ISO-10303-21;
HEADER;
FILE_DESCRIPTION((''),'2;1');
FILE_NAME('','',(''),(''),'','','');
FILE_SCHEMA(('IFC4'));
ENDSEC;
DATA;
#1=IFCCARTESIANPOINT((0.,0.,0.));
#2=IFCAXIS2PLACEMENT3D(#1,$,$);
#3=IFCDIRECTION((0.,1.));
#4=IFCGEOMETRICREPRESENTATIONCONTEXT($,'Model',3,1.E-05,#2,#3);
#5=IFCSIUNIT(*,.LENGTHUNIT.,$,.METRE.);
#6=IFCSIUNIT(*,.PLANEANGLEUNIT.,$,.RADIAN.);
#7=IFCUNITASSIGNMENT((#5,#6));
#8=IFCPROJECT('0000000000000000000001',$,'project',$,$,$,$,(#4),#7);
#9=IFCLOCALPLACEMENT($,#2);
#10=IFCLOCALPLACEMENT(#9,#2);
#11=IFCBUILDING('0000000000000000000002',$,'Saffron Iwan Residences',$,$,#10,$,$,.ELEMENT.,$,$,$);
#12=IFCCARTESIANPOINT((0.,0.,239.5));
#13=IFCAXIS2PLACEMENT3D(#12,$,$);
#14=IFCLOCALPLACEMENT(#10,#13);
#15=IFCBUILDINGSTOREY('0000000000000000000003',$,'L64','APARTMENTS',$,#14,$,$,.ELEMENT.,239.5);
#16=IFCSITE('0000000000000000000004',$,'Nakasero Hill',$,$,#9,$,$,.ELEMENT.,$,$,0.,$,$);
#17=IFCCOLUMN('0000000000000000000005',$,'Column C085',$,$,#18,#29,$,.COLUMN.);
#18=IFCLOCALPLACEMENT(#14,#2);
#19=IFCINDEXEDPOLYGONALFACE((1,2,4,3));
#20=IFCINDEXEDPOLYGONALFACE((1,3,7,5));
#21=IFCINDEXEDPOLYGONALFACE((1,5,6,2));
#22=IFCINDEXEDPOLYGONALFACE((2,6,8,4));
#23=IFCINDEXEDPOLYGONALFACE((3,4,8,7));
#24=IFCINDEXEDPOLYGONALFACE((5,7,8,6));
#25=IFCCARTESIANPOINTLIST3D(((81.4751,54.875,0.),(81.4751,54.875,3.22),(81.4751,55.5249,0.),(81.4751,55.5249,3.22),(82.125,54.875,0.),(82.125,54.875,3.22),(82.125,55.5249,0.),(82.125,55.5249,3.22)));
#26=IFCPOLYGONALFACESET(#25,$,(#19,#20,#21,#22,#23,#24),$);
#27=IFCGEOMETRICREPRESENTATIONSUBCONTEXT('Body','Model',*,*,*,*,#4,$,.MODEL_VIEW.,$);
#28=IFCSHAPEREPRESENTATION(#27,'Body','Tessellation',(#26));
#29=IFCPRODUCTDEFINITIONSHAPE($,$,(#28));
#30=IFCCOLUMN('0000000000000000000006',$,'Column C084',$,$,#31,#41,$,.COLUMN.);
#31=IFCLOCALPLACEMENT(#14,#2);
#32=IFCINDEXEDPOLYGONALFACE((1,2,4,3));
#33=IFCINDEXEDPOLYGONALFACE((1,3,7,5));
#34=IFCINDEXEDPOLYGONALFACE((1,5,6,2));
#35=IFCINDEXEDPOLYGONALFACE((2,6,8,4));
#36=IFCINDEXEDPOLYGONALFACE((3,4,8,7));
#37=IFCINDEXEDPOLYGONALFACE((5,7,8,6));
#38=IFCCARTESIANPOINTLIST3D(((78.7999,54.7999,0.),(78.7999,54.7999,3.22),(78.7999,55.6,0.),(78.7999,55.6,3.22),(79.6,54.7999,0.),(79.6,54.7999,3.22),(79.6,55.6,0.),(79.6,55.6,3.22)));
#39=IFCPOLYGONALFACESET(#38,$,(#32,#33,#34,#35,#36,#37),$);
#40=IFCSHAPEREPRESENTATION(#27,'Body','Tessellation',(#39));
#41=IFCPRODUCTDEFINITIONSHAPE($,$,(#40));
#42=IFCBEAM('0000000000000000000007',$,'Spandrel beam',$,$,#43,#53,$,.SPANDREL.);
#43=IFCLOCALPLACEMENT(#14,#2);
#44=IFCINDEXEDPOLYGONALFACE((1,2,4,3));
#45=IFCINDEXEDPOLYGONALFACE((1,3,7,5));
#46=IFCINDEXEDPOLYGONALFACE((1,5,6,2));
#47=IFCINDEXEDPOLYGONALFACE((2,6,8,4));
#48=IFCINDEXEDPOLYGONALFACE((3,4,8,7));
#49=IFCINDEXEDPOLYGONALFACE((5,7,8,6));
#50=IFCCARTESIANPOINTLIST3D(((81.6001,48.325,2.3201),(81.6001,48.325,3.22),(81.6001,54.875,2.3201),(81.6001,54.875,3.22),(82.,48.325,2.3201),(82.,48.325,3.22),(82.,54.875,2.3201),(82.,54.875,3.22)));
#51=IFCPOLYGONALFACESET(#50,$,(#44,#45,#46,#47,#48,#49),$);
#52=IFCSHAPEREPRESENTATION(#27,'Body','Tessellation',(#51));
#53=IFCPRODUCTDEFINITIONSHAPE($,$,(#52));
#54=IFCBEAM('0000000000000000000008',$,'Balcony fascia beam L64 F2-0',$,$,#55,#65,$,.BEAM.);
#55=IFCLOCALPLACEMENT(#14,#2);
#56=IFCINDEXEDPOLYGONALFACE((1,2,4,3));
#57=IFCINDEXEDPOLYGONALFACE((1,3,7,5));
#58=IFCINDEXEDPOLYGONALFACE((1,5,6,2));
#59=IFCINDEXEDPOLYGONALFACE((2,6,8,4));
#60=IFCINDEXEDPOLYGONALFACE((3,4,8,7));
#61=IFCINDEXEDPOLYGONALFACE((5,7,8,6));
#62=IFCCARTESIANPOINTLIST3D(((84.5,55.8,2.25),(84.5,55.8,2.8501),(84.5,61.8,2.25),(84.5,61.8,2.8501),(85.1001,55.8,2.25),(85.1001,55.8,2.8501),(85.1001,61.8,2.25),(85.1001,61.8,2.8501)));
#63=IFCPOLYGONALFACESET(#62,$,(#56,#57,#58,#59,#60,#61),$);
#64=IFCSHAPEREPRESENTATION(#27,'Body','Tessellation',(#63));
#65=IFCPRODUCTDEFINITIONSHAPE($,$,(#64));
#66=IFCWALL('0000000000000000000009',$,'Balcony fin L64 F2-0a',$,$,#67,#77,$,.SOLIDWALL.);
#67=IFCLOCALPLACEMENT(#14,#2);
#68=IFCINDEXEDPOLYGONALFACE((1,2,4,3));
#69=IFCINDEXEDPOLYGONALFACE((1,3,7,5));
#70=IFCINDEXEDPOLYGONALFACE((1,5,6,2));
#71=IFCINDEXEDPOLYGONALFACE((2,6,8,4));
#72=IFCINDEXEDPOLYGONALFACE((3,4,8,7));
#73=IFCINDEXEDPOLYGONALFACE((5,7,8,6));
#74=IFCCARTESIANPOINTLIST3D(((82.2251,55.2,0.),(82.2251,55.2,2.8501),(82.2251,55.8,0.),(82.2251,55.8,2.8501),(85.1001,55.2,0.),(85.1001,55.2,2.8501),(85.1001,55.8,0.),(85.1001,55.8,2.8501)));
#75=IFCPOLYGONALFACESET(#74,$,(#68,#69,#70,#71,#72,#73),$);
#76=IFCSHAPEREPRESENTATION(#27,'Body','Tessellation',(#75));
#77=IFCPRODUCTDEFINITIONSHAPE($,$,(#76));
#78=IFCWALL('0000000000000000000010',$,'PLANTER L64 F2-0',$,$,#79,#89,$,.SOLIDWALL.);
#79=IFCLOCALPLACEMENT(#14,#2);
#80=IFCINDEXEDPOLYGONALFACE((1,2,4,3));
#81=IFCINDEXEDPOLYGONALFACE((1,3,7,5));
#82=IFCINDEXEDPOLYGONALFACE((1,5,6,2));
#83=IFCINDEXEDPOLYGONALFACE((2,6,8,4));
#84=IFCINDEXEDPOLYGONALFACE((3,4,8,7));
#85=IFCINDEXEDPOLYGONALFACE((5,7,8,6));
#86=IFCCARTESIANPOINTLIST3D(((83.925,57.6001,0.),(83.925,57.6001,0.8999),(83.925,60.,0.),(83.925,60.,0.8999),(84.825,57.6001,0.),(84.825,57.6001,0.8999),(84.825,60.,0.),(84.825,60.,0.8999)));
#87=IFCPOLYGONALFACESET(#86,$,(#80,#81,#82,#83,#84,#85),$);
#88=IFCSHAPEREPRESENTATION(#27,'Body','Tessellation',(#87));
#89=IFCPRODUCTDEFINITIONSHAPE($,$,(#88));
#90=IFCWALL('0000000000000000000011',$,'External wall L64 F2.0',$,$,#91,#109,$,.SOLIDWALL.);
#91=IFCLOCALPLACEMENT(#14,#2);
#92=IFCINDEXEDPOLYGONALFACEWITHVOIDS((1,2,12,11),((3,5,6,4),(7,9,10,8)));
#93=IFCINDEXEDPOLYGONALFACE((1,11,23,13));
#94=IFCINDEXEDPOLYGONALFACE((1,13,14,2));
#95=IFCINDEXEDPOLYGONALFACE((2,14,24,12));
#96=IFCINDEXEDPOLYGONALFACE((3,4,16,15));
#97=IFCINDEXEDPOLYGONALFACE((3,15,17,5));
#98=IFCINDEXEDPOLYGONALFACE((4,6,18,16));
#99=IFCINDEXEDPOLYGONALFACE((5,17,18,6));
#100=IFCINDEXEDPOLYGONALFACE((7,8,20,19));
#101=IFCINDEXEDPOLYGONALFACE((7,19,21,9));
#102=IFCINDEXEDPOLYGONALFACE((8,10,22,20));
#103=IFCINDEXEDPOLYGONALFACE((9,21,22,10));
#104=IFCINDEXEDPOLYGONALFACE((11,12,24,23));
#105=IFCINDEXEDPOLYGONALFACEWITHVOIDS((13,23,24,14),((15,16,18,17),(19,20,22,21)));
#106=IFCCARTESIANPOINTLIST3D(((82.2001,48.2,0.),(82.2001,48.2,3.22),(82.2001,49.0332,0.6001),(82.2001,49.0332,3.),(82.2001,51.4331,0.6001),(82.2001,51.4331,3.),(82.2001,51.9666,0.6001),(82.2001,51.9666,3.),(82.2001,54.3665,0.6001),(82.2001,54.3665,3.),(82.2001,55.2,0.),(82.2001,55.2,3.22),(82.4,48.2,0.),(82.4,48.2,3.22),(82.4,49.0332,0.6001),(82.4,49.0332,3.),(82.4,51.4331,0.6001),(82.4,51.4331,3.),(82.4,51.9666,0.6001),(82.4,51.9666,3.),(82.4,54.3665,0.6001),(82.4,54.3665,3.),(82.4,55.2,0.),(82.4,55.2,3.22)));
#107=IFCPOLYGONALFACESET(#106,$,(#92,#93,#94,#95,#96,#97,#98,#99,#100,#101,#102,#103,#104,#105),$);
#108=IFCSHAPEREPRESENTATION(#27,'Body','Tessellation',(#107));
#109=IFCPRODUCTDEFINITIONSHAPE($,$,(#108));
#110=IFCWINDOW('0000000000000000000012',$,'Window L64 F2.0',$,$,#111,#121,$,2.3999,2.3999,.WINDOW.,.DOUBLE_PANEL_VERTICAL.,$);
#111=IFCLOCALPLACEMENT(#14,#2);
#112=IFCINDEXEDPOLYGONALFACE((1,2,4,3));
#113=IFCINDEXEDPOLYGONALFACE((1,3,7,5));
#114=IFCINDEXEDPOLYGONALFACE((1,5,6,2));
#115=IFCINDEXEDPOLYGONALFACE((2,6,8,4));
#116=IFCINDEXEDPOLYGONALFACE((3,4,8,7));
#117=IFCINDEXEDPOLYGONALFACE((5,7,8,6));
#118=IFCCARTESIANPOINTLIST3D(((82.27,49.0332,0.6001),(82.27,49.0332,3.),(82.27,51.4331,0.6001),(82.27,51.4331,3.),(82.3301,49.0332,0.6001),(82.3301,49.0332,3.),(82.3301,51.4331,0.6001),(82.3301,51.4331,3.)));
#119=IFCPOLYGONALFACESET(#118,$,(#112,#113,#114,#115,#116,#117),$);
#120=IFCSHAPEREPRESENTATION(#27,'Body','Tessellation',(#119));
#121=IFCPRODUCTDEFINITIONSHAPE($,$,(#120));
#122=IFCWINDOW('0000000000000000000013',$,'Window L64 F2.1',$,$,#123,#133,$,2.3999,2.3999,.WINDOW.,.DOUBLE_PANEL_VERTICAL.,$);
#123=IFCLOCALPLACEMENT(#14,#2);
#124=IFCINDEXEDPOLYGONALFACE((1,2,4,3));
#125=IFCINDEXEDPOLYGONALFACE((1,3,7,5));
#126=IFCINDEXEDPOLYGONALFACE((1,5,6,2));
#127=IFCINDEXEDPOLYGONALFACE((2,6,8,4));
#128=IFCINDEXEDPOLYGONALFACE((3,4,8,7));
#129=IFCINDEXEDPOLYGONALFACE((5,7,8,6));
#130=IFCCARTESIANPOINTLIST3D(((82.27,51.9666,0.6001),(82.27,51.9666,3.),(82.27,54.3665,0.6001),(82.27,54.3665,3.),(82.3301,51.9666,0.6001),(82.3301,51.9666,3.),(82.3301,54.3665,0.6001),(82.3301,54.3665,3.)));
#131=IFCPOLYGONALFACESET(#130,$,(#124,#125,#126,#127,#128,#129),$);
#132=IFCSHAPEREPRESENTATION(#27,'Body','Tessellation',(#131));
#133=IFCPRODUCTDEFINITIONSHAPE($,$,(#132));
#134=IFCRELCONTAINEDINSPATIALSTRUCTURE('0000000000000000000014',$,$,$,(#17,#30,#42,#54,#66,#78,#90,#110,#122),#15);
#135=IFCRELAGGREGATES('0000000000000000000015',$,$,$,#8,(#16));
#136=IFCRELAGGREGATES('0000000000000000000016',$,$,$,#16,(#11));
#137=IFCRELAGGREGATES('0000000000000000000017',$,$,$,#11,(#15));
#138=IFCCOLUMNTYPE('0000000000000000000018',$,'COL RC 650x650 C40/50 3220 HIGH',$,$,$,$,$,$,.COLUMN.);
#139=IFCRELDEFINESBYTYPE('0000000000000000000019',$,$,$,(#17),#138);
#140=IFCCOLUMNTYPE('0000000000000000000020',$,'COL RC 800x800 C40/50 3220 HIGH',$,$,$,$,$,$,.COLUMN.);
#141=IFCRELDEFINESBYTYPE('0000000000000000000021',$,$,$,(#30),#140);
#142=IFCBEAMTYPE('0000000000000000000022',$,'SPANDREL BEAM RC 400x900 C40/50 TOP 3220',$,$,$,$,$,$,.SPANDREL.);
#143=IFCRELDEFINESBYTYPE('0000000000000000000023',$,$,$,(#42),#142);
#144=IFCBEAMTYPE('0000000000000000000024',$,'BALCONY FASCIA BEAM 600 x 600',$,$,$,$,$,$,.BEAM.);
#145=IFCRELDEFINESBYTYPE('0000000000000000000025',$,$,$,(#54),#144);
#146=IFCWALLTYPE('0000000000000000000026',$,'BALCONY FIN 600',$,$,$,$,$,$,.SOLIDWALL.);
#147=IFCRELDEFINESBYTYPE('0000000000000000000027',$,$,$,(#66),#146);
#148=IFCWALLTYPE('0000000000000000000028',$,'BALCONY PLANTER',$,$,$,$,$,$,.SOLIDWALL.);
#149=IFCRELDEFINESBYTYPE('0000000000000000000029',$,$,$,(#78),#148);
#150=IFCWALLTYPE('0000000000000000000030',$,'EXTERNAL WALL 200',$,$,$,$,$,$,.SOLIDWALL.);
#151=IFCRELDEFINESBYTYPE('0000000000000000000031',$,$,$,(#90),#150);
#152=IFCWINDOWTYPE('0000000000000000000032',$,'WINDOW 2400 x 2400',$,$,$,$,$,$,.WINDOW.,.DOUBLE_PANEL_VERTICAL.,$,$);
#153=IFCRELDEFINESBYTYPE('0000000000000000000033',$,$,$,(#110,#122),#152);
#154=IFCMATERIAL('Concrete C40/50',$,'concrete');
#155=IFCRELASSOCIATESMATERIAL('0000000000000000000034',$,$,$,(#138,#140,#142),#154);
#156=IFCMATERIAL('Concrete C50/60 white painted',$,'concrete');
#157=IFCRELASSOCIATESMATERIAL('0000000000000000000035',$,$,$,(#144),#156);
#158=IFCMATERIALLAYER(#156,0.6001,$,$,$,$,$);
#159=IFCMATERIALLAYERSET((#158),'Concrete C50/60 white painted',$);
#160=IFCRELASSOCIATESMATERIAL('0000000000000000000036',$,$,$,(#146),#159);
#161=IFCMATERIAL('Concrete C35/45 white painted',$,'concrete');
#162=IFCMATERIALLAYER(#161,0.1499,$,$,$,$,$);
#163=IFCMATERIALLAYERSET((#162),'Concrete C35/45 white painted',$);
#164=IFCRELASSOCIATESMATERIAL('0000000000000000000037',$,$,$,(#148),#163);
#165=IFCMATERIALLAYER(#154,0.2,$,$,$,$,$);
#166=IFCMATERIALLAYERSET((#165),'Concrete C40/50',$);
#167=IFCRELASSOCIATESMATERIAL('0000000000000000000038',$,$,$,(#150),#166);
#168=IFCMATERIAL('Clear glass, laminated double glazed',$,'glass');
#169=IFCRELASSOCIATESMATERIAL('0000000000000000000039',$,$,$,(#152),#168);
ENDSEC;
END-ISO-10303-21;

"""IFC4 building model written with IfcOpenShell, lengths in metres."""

from ifc_helpers import new_model, si_unit, direction, frame, frame_2d, origin, origin_2d, place, context, subcontext, project, spatial, rectangle, extrude, source, transform, mapped, material, layer, layer_set, material_profile, profile_set, type_object, element, fill, save


model = new_model("IFC4")

# Units and contexts
model_context = context("Model", 3, precision=1e-05, world=origin(), true_north=direction((0.0, 1.0)))
body_context = subcontext(model_context, "Body", "Model", "MODEL_VIEW")
ifc_project = project(units=[si_unit("LENGTHUNIT", "METRE"), si_unit("PLANEANGLEUNIT", "RADIAN")], contexts=[model_context])

# Site, building, storey
site_placement = place(None, origin())
site = spatial("IfcSite", under=ifc_project, at=site_placement, Name="Nakasero Hill", CompositionType="ELEMENT", RefElevation=0.0)
building_placement = place(site_placement, origin())
building = spatial("IfcBuilding", under=site, at=building_placement, Name="Saffron Iwan Residences", CompositionType="ELEMENT")
storey_placement = place(building_placement, frame((0.0, 0.0, 239.5)))
storey = spatial("IfcBuildingStorey", under=building, at=storey_placement, Name="L64", Description="APARTMENTS", CompositionType="ELEMENT", Elevation=239.5)

# Columns
ifc_material_1 = material(Name="Concrete C40/50", Category="concrete")
ifc_material_profile_1 = material_profile(ifc_material_1, rectangle(XDim=0.6499, YDim=0.6499, at=origin_2d()), Name="RC 650x650")
ifc_profile_set_1 = profile_set([ifc_material_profile_1], Name="Concrete C40/50")
column_type_1 = type_object("IfcColumnType", Name="COL RC 650x650 C40/50 3220 HIGH", PredefinedType="COLUMN", material=ifc_profile_set_1)
shared_shape_1 = source(origin(), body_context, "Body", "SweptSolid", [
    extrude(rectangle(XDim=0.6499, YDim=0.6499, at=origin_2d()), origin(), (0.0, 0.0, 1.0), 3.22),
])
column_1_placement = place(storey_placement, frame((81.8, 55.2, 0.0), z_axis=(0.0, 0.0, 1.0), x_axis=(1.0, 0.0, 0.0)))
element("IfcColumn", 1, at=column_1_placement, inside=storey, type_object=column_type_1, Name="Column C085", PredefinedType="COLUMN", context=body_context, shape_type="MappedRepresentation", body=[
    mapped(shared_shape_1, transform((0.0, 0.0, 0.0))),
])
ifc_material_profile_2 = material_profile(ifc_material_1, rectangle(XDim=0.8, YDim=0.8, at=origin_2d()), Name="RC 800x800")
ifc_profile_set_2 = profile_set([ifc_material_profile_2], Name="Concrete C40/50")
column_type_2 = type_object("IfcColumnType", Name="COL RC 800x800 C40/50 3220 HIGH", PredefinedType="COLUMN", material=ifc_profile_set_2)
shared_shape_2 = source(origin(), body_context, "Body", "SweptSolid", [
    extrude(rectangle(XDim=0.8, YDim=0.8, at=origin_2d()), origin(), (0.0, 0.0, 1.0), 3.22),
])
column_2_placement = place(storey_placement, frame((79.2, 55.2, 0.0), z_axis=(0.0, 0.0, 1.0), x_axis=(1.0, 0.0, 0.0)))
element("IfcColumn", 2, at=column_2_placement, inside=storey, type_object=column_type_2, Name="Column C084", PredefinedType="COLUMN", context=body_context, shape_type="MappedRepresentation", body=[
    mapped(shared_shape_2, transform((0.0, 0.0, 0.0))),
])

# Beams
ifc_material_profile_3 = material_profile(ifc_material_1, rectangle(XDim=0.3999, YDim=0.8999, at=origin_2d()), Name="RC 400x900")
ifc_profile_set_3 = profile_set([ifc_material_profile_3], Name="Concrete C40/50")
beam_type_1 = type_object("IfcBeamType", Name="SPANDREL BEAM RC 400x900 C40/50 TOP 3220", PredefinedType="SPANDREL", material=ifc_profile_set_3)
shared_shape_3 = source(origin(), body_context, "Body", "SweptSolid", [
    extrude(rectangle(XDim=0.3999, YDim=0.8999, at=origin_2d()), origin(), (0.0, 0.0, 1.0), 6.55),
])
beam_1_placement = place(storey_placement, frame((81.8, 54.875, 2.77), z_axis=(0.0, -1.0, 0.0), x_axis=(1.0, 0.0, 0.0)))
element("IfcBeam", 3, at=beam_1_placement, inside=storey, type_object=beam_type_1, Name="Spandrel beam", PredefinedType="SPANDREL", context=body_context, shape_type="MappedRepresentation", body=[
    mapped(shared_shape_3, transform((0.0, 0.0, 0.0))),
])
ifc_material_2 = material(Name="Concrete C50/60 white painted", Category="concrete")
ifc_material_profile_4 = material_profile(ifc_material_2, rectangle(XDim=0.6001, YDim=0.6001, at=origin_2d()), Name="BALCONY FASCIA BEAM 600 x 600")
ifc_profile_set_4 = profile_set([ifc_material_profile_4], Name="Concrete C50/60 white painted")
beam_type_2 = type_object("IfcBeamType", Name="BALCONY FASCIA BEAM 600 x 600", PredefinedType="BEAM", material=ifc_profile_set_4)
shared_shape_4 = source(origin(), body_context, "Body", "SweptSolid", [
    extrude(rectangle(XDim=0.6001, YDim=0.6001, at=origin_2d()), origin(), (0.0, 0.0, 1.0), 6.0),
])
beam_2_placement = place(storey_placement, frame((84.8, 55.8, 2.55), z_axis=(0.0, 1.0, 0.0), x_axis=(-1.0, 0.0, 0.0)))
element("IfcBeam", 4, at=beam_2_placement, inside=storey, type_object=beam_type_2, Name="Balcony fascia beam L64 F2-0", PredefinedType="BEAM", context=body_context, shape_type="MappedRepresentation", body=[
    mapped(shared_shape_4, transform((0.0, 0.0, 0.0))),
])

# Walls
ifc_layer_1 = layer(ifc_material_2, 0.6001)
ifc_layer_set_1 = layer_set([ifc_layer_1], Name="Concrete C50/60 white painted")
wall_type_1 = type_object("IfcWallType", Name="BALCONY FIN 600", PredefinedType="SOLIDWALL", material=ifc_layer_set_1)
wall_1_placement = place(storey_placement, frame((82.2251, 55.5, 0.0), z_axis=(0.0, 0.0, 1.0), x_axis=(1.0, 0.0, 0.0)))
element("IfcWall", 5, at=wall_1_placement, inside=storey, type_object=wall_type_1, Name="Balcony fin L64 F2-0a", PredefinedType="SOLIDWALL", context=body_context, shape_type="SweptSolid", body=[
    extrude(rectangle(XDim=2.875, YDim=0.6001, at=frame_2d((1.4375, 0.0))), origin(), (0.0, 0.0, 1.0), 2.8501),
])
ifc_material_3 = material(Name="Concrete C35/45 white painted", Category="concrete")
ifc_layer_2 = layer(ifc_material_3, 0.1499)
ifc_layer_set_2 = layer_set([ifc_layer_2], Name="Concrete C35/45 white painted")
wall_type_2 = type_object("IfcWallType", Name="BALCONY PLANTER", PredefinedType="SOLIDWALL", material=ifc_layer_set_2)
wall_2_placement = place(storey_placement, frame((84.375, 57.6001, 0.0), z_axis=(0.0, 0.0, 1.0), x_axis=(0.0, 1.0, 0.0)))
element("IfcWall", 6, at=wall_2_placement, inside=storey, type_object=wall_type_2, Name="PLANTER L64 F2-0", PredefinedType="SOLIDWALL", context=body_context, shape_type="SweptSolid", body=[
    extrude(rectangle(XDim=2.3999, YDim=0.8999, at=frame_2d((1.2, 0.0))), origin(), (0.0, 0.0, 1.0), 0.8999),
])

# Wall, openings, windows
ifc_layer_3 = layer(ifc_material_1, 0.2)
ifc_layer_set_3 = layer_set([ifc_layer_3], Name="Concrete C40/50")
wall_type_3 = type_object("IfcWallType", Name="EXTERNAL WALL 200", PredefinedType="SOLIDWALL", material=ifc_layer_set_3)
wall_3_placement = place(storey_placement, frame((82.3, 48.2, 0.0), z_axis=(0.0, 0.0, 1.0), x_axis=(0.0, 1.0, 0.0)))
wall_3 = element("IfcWall", 7, at=wall_3_placement, inside=storey, type_object=wall_type_3, Name="External wall L64 F2.0", PredefinedType="SOLIDWALL", context=body_context, shape_type="SweptSolid", body=[
    extrude(rectangle(XDim=7.0, YDim=0.2, at=frame_2d((3.5, 0.0))), origin(), (0.0, 0.0, 1.0), 3.22),
])
opening_1_placement = place(wall_3_placement, frame((0.8333, 0.0, 0.6001)))
opening_1 = element("IfcOpeningElement", 8, at=opening_1_placement, cuts=wall_3, PredefinedType="OPENING", context=body_context, shape_type="SweptSolid", body=[
    extrude(rectangle(XDim=2.3999, YDim=2.3999, at=frame_2d((1.2, 1.2))), frame((0.0, 0.1099, 0.0), z_axis=(0.0, -1.0, 0.0), x_axis=(1.0, 0.0, 0.0)), (0.0, 0.0, 1.0), 0.22),
])
opening_2_placement = place(wall_3_placement, frame((3.7666, 0.0, 0.6001)))
opening_2 = element("IfcOpeningElement", 9, at=opening_2_placement, cuts=wall_3, PredefinedType="OPENING", context=body_context, shape_type="SweptSolid", body=[
    extrude(rectangle(XDim=2.3999, YDim=2.3999, at=frame_2d((1.2, 1.2))), frame((0.0, 0.1099, 0.0), z_axis=(0.0, -1.0, 0.0), x_axis=(1.0, 0.0, 0.0)), (0.0, 0.0, 1.0), 0.22),
])
ifc_material_4 = material(Name="Clear glass, laminated double glazed", Category="glass")
window_type_1 = type_object("IfcWindowType", Name="WINDOW 2400 x 2400", PartitioningType="DOUBLE_PANEL_VERTICAL", PredefinedType="WINDOW", material=ifc_material_4)
window_1_placement = place(opening_1_placement, origin())
window_1 = element("IfcWindow", 10, at=window_1_placement, inside=storey, type_object=window_type_1, Name="Window L64 F2.0", OverallHeight=2.3999, OverallWidth=2.3999, PartitioningType="DOUBLE_PANEL_VERTICAL", PredefinedType="WINDOW", context=body_context, shape_type="SweptSolid", body=[
    extrude(rectangle(XDim=2.3999, YDim=2.3999, at=frame_2d((1.2, 1.2))), frame((0.0, 0.03, 0.0), z_axis=(0.0, -1.0, 0.0), x_axis=(1.0, 0.0, 0.0)), (0.0, 0.0, 1.0), 0.0601),
])
fill(opening_1, window_1)
window_2_placement = place(opening_2_placement, origin())
window_2 = element("IfcWindow", 11, at=window_2_placement, inside=storey, type_object=window_type_1, Name="Window L64 F2.1", OverallHeight=2.3999, OverallWidth=2.3999, PartitioningType="DOUBLE_PANEL_VERTICAL", PredefinedType="WINDOW", context=body_context, shape_type="SweptSolid", body=[
    extrude(rectangle(XDim=2.3999, YDim=2.3999, at=frame_2d((1.2, 1.2))), frame((0.0, 0.03, 0.0), z_axis=(0.0, -1.0, 0.0), x_axis=(1.0, 0.0, 0.0)), (0.0, 0.0, 1.0), 0.0601),
])
fill(opening_2, window_2)

save(model, "model.ifc")
